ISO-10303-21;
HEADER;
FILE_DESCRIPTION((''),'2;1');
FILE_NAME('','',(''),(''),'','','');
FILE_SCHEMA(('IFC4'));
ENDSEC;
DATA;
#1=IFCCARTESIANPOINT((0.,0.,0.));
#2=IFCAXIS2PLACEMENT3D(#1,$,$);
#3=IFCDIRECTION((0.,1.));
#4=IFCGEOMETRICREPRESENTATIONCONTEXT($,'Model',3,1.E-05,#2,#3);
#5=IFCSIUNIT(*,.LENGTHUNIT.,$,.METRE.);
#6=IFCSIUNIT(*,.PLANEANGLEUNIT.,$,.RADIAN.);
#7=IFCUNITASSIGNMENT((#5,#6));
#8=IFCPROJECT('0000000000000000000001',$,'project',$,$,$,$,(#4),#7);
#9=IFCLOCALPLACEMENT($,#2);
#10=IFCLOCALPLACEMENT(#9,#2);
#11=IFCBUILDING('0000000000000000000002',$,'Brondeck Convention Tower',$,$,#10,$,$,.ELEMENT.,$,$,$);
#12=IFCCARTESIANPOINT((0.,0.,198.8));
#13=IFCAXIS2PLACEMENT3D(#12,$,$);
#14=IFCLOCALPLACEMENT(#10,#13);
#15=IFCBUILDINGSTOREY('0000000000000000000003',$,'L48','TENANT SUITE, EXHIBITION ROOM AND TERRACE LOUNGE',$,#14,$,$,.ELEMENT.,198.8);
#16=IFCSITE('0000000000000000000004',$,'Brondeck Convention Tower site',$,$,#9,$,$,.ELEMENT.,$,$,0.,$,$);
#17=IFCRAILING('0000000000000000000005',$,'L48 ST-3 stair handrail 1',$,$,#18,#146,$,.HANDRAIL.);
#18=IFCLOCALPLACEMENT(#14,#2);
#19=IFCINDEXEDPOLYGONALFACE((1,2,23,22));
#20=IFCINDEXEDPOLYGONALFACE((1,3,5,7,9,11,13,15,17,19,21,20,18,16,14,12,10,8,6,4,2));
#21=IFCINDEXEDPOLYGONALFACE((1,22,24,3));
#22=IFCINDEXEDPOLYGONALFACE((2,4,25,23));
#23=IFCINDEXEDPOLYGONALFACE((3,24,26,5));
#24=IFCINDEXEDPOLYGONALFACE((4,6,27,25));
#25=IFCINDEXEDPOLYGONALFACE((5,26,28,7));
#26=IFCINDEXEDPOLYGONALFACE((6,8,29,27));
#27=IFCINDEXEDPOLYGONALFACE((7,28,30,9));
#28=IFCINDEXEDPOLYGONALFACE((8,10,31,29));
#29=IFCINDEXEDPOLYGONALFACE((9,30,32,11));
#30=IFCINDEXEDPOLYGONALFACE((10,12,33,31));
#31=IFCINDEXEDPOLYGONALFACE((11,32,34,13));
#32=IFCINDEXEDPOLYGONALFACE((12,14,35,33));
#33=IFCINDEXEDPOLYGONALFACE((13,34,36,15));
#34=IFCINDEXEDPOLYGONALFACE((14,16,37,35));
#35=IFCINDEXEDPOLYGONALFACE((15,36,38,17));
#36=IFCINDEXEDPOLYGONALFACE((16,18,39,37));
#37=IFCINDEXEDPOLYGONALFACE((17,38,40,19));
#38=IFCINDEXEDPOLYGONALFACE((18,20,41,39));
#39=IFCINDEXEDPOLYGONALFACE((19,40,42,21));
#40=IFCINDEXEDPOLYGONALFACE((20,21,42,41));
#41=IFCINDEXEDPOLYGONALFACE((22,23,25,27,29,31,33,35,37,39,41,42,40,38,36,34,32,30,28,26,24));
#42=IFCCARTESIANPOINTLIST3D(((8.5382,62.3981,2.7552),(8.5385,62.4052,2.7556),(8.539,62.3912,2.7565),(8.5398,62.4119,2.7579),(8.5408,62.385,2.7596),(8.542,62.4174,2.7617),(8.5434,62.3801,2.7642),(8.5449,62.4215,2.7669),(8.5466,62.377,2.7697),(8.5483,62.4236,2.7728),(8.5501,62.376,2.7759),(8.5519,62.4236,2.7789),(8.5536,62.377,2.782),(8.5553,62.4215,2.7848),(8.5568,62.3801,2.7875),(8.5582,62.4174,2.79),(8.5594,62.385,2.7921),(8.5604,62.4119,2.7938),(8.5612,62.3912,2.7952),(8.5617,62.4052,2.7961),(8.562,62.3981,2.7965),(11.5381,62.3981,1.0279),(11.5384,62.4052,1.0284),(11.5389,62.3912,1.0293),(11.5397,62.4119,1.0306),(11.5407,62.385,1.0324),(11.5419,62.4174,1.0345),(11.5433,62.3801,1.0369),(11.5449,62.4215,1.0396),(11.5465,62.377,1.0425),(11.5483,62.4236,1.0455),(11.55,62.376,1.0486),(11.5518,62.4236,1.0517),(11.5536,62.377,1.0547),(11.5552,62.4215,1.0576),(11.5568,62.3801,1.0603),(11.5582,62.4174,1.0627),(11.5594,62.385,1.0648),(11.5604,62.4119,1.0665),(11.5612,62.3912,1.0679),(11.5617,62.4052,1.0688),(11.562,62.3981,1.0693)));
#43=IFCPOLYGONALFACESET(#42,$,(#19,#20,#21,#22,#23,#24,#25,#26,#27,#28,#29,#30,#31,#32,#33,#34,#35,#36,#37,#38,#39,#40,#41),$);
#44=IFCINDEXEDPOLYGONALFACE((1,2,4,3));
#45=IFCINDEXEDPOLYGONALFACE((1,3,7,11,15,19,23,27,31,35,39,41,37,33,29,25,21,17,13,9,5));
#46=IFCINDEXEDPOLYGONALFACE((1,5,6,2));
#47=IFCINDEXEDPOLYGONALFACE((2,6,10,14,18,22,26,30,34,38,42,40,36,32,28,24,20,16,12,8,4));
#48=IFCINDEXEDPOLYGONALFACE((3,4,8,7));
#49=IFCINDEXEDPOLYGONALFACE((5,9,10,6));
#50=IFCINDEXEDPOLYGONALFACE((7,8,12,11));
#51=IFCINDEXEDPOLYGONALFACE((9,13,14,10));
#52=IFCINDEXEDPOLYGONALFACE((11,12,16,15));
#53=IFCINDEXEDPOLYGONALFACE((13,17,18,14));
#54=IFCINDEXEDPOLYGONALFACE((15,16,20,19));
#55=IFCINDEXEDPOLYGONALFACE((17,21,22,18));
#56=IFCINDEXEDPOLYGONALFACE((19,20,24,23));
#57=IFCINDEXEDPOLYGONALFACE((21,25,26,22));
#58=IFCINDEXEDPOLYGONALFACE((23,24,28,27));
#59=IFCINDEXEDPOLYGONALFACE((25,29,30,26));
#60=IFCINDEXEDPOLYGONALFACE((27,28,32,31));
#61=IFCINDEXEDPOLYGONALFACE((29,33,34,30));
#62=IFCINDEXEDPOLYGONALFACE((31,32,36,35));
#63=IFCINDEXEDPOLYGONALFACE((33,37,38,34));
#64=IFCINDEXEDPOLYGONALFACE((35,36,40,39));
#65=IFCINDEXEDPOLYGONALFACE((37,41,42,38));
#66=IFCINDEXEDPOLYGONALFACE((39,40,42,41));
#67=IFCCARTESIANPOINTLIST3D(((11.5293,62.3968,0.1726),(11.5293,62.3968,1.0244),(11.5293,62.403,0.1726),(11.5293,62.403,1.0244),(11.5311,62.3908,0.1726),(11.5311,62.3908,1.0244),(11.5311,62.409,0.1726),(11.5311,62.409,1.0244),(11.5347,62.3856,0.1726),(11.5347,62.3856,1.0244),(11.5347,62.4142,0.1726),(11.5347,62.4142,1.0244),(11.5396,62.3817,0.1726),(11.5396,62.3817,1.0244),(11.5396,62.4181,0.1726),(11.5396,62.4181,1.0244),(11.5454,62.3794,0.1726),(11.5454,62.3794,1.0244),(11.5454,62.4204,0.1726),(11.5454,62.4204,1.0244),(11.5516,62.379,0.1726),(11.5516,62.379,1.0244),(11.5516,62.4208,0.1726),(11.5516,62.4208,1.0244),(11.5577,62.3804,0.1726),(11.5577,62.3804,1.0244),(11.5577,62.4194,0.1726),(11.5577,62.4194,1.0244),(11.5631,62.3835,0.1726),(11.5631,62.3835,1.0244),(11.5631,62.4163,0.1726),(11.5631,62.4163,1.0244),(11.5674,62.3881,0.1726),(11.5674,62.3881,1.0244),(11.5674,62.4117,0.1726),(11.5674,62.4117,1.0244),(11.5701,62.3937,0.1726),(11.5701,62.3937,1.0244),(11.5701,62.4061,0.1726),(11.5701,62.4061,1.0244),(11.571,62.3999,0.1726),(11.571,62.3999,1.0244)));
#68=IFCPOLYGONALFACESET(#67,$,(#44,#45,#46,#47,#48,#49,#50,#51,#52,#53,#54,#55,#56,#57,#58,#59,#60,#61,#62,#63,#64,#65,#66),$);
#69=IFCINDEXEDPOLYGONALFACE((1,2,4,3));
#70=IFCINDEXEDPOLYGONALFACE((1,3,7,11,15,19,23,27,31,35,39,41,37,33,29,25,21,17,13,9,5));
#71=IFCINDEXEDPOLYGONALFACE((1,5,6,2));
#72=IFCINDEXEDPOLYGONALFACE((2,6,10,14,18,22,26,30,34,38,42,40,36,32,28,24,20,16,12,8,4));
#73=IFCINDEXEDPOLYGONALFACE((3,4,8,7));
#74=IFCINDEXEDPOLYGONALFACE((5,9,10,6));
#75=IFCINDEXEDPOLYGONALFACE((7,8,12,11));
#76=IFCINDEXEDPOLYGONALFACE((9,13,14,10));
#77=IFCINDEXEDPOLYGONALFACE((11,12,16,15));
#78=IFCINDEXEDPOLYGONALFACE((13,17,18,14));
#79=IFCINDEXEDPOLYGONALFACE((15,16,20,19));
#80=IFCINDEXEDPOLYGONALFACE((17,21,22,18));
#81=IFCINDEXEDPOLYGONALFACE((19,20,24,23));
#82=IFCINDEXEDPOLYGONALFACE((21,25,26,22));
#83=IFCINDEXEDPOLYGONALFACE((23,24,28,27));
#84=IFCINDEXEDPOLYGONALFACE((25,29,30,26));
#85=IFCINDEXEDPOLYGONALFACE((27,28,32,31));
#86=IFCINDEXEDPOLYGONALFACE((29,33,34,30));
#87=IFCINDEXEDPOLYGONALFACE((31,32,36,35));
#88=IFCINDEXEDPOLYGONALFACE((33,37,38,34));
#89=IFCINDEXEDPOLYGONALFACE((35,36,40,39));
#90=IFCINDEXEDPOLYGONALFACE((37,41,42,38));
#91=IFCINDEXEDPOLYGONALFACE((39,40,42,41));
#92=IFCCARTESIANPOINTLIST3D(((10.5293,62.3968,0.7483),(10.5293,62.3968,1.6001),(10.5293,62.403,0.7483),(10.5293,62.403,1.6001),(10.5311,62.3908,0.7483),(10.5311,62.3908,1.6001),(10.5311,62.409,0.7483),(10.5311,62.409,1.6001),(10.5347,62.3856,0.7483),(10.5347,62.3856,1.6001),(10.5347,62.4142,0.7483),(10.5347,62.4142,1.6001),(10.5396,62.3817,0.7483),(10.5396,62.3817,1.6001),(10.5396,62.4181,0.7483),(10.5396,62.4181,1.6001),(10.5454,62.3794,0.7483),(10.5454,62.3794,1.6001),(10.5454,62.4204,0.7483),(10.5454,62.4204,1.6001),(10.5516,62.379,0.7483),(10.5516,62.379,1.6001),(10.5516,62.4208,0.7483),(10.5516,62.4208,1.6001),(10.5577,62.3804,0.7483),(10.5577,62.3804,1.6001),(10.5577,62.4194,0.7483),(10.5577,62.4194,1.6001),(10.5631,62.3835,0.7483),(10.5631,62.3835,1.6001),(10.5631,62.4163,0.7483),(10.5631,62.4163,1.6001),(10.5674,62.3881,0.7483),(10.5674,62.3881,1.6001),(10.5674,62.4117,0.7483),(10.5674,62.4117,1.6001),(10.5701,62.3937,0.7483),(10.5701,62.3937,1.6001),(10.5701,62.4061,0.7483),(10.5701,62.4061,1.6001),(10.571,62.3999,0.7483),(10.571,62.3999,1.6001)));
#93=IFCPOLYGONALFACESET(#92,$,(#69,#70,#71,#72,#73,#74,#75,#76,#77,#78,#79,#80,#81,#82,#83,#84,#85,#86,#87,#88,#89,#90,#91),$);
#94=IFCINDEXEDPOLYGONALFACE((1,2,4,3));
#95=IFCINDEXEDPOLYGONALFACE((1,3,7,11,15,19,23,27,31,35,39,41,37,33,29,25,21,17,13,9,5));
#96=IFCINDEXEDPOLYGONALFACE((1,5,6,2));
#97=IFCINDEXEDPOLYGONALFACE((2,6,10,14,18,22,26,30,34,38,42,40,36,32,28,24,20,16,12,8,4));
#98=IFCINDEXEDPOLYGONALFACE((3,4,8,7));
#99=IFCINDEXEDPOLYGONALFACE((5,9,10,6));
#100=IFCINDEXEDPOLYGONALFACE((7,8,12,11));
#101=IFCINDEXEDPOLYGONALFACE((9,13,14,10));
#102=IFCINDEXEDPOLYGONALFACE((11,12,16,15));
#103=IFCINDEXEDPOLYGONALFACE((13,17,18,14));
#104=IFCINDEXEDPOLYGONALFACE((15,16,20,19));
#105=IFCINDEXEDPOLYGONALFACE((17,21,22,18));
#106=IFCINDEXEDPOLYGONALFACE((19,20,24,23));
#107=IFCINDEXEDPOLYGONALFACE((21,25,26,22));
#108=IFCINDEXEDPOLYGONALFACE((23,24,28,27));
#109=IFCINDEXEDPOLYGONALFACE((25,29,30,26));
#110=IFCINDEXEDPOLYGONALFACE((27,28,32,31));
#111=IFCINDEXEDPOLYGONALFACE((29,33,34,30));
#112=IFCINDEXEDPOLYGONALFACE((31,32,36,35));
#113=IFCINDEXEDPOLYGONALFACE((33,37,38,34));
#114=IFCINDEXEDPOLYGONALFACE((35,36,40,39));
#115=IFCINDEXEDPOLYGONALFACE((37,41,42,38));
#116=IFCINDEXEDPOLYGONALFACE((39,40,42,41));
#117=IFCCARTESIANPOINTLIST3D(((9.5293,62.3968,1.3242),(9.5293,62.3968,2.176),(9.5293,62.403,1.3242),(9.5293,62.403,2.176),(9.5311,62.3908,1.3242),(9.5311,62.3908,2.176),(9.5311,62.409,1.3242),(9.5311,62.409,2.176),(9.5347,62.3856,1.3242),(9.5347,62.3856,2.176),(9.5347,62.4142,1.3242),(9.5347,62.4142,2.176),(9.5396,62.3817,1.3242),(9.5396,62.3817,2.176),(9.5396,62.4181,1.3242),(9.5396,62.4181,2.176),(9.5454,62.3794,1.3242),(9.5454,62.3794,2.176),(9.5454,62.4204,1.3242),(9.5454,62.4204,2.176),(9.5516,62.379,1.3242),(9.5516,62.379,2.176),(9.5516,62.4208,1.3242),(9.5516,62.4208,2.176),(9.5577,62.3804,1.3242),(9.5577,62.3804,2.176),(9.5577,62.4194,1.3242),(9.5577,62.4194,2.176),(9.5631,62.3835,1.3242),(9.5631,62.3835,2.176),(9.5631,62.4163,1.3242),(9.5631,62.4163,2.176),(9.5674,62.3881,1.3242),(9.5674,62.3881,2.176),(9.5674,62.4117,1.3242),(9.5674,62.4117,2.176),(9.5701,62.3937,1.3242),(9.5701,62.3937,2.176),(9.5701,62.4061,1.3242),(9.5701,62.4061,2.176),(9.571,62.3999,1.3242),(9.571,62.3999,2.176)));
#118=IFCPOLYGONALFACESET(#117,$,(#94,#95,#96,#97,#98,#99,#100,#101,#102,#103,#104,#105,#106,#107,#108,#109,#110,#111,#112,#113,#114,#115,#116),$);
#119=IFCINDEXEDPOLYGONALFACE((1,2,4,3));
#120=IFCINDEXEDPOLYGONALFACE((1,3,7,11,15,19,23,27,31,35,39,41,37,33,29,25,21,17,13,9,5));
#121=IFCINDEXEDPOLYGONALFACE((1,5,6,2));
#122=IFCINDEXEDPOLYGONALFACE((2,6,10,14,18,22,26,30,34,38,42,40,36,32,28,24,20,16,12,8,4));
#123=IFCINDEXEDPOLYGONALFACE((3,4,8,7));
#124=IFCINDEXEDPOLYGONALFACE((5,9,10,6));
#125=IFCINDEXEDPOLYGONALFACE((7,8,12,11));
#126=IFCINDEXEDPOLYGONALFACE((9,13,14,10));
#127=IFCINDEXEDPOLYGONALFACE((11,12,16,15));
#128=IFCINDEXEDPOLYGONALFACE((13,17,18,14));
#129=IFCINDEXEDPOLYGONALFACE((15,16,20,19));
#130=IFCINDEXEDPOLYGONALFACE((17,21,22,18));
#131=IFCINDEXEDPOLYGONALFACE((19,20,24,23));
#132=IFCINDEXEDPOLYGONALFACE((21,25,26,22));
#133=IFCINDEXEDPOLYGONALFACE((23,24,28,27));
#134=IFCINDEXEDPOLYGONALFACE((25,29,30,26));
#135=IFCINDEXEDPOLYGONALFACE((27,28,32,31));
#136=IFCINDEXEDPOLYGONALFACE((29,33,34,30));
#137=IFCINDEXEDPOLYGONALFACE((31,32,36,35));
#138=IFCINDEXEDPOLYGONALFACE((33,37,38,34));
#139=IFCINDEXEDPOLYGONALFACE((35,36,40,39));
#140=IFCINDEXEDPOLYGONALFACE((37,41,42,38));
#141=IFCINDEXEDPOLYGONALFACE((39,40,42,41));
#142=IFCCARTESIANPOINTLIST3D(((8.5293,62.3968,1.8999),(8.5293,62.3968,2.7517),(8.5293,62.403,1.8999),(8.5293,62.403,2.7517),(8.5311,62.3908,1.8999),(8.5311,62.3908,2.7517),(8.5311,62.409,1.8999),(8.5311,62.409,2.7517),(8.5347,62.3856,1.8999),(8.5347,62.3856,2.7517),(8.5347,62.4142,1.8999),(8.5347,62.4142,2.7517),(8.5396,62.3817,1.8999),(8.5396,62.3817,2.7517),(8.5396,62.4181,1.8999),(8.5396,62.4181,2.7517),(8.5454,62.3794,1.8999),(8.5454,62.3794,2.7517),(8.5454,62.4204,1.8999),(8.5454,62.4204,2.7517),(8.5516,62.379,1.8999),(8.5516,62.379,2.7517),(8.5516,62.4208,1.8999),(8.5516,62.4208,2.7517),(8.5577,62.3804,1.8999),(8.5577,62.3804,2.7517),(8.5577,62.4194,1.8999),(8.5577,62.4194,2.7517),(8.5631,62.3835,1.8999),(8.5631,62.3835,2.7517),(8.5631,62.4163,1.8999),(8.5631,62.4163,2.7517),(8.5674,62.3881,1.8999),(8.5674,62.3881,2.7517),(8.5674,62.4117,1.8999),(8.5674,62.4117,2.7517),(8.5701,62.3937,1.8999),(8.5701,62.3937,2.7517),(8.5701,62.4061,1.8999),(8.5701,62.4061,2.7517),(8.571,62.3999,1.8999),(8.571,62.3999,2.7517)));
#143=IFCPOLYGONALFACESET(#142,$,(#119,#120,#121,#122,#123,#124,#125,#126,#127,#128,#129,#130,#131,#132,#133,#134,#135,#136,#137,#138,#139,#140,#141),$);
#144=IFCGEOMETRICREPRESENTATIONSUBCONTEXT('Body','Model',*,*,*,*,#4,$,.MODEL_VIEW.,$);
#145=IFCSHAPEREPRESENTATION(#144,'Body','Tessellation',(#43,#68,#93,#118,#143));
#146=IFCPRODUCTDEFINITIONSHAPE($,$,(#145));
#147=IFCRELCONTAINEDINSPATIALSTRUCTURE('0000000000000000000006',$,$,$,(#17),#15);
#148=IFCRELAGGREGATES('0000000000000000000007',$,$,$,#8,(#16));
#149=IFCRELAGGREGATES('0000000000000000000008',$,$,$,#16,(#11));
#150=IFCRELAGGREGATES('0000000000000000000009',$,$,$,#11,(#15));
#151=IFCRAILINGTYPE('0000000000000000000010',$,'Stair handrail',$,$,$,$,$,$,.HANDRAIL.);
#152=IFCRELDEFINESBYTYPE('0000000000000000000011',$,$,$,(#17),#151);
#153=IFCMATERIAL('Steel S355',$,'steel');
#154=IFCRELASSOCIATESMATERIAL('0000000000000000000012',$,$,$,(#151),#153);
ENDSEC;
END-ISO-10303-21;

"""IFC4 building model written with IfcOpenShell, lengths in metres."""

from ifc_helpers import new_model, si_unit, direction, frame, origin, origin_2d, place, context, subcontext, project, spatial, circle, extrude, material, type_object, element, save


model = new_model("IFC4")

# Units and contexts
model_context = context("Model", 3, precision=1e-05, world=origin(), true_north=direction((0.0, 1.0)))
body_context = subcontext(model_context, "Body", "Model", "MODEL_VIEW")
ifc_project = project(units=[si_unit("LENGTHUNIT", "METRE"), si_unit("PLANEANGLEUNIT", "RADIAN")], contexts=[model_context])

# Site, building, storey
site_placement = place(None, origin())
site = spatial("IfcSite", under=ifc_project, at=site_placement, Name="Brondeck Convention Tower site", CompositionType="ELEMENT", RefElevation=0.0)
building_placement = place(site_placement, origin())
building = spatial("IfcBuilding", under=site, at=building_placement, Name="Brondeck Convention Tower", CompositionType="ELEMENT")
storey_placement = place(building_placement, frame((0.0, 0.0, 198.8)))
storey = spatial("IfcBuildingStorey", under=building, at=storey_placement, Name="L48", Description="TENANT SUITE, EXHIBITION ROOM AND TERRACE LOUNGE", CompositionType="ELEMENT", Elevation=198.8)

# Railing
ifc_material_1 = material(Name="Steel S355", Category="steel")
railing_type_1 = type_object("IfcRailingType", Name="Stair handrail", PredefinedType="HANDRAIL", material=ifc_material_1)
railing_1_placement = place(storey_placement, frame((11.55, 62.3999, 0.1726)))
element("IfcRailing", 1, at=railing_1_placement, inside=storey, type_object=railing_type_1, Name="L48 ST-3 stair handrail 1", PredefinedType="HANDRAIL", context=body_context, shape_type="SweptSolid", body=[
    extrude(circle(Radius=0.0239, at=origin_2d()), frame((0.0, 0.0, 0.876), z_axis=(-0.86662, 0.0, 0.498969), x_axis=(0.0, -1.0, 0.0)), (0.0, 0.0, 1.0), 3.4617),
    extrude(circle(Radius=0.021, at=origin_2d()), origin(), (0.0, 0.0, 1.0), 0.8518),
    extrude(circle(Radius=0.021, at=origin_2d()), frame((-1.0, 0.0, 0.5757)), (0.0, 0.0, 1.0), 0.8518),
    extrude(circle(Radius=0.021, at=origin_2d()), frame((-2.0, 0.0, 1.1516)), (0.0, 0.0, 1.0), 0.8518),
    extrude(circle(Radius=0.021, at=origin_2d()), frame((-3.0, 0.0, 1.7273)), (0.0, 0.0, 1.0), 0.8518),
])

save(model, "model.ifc")
